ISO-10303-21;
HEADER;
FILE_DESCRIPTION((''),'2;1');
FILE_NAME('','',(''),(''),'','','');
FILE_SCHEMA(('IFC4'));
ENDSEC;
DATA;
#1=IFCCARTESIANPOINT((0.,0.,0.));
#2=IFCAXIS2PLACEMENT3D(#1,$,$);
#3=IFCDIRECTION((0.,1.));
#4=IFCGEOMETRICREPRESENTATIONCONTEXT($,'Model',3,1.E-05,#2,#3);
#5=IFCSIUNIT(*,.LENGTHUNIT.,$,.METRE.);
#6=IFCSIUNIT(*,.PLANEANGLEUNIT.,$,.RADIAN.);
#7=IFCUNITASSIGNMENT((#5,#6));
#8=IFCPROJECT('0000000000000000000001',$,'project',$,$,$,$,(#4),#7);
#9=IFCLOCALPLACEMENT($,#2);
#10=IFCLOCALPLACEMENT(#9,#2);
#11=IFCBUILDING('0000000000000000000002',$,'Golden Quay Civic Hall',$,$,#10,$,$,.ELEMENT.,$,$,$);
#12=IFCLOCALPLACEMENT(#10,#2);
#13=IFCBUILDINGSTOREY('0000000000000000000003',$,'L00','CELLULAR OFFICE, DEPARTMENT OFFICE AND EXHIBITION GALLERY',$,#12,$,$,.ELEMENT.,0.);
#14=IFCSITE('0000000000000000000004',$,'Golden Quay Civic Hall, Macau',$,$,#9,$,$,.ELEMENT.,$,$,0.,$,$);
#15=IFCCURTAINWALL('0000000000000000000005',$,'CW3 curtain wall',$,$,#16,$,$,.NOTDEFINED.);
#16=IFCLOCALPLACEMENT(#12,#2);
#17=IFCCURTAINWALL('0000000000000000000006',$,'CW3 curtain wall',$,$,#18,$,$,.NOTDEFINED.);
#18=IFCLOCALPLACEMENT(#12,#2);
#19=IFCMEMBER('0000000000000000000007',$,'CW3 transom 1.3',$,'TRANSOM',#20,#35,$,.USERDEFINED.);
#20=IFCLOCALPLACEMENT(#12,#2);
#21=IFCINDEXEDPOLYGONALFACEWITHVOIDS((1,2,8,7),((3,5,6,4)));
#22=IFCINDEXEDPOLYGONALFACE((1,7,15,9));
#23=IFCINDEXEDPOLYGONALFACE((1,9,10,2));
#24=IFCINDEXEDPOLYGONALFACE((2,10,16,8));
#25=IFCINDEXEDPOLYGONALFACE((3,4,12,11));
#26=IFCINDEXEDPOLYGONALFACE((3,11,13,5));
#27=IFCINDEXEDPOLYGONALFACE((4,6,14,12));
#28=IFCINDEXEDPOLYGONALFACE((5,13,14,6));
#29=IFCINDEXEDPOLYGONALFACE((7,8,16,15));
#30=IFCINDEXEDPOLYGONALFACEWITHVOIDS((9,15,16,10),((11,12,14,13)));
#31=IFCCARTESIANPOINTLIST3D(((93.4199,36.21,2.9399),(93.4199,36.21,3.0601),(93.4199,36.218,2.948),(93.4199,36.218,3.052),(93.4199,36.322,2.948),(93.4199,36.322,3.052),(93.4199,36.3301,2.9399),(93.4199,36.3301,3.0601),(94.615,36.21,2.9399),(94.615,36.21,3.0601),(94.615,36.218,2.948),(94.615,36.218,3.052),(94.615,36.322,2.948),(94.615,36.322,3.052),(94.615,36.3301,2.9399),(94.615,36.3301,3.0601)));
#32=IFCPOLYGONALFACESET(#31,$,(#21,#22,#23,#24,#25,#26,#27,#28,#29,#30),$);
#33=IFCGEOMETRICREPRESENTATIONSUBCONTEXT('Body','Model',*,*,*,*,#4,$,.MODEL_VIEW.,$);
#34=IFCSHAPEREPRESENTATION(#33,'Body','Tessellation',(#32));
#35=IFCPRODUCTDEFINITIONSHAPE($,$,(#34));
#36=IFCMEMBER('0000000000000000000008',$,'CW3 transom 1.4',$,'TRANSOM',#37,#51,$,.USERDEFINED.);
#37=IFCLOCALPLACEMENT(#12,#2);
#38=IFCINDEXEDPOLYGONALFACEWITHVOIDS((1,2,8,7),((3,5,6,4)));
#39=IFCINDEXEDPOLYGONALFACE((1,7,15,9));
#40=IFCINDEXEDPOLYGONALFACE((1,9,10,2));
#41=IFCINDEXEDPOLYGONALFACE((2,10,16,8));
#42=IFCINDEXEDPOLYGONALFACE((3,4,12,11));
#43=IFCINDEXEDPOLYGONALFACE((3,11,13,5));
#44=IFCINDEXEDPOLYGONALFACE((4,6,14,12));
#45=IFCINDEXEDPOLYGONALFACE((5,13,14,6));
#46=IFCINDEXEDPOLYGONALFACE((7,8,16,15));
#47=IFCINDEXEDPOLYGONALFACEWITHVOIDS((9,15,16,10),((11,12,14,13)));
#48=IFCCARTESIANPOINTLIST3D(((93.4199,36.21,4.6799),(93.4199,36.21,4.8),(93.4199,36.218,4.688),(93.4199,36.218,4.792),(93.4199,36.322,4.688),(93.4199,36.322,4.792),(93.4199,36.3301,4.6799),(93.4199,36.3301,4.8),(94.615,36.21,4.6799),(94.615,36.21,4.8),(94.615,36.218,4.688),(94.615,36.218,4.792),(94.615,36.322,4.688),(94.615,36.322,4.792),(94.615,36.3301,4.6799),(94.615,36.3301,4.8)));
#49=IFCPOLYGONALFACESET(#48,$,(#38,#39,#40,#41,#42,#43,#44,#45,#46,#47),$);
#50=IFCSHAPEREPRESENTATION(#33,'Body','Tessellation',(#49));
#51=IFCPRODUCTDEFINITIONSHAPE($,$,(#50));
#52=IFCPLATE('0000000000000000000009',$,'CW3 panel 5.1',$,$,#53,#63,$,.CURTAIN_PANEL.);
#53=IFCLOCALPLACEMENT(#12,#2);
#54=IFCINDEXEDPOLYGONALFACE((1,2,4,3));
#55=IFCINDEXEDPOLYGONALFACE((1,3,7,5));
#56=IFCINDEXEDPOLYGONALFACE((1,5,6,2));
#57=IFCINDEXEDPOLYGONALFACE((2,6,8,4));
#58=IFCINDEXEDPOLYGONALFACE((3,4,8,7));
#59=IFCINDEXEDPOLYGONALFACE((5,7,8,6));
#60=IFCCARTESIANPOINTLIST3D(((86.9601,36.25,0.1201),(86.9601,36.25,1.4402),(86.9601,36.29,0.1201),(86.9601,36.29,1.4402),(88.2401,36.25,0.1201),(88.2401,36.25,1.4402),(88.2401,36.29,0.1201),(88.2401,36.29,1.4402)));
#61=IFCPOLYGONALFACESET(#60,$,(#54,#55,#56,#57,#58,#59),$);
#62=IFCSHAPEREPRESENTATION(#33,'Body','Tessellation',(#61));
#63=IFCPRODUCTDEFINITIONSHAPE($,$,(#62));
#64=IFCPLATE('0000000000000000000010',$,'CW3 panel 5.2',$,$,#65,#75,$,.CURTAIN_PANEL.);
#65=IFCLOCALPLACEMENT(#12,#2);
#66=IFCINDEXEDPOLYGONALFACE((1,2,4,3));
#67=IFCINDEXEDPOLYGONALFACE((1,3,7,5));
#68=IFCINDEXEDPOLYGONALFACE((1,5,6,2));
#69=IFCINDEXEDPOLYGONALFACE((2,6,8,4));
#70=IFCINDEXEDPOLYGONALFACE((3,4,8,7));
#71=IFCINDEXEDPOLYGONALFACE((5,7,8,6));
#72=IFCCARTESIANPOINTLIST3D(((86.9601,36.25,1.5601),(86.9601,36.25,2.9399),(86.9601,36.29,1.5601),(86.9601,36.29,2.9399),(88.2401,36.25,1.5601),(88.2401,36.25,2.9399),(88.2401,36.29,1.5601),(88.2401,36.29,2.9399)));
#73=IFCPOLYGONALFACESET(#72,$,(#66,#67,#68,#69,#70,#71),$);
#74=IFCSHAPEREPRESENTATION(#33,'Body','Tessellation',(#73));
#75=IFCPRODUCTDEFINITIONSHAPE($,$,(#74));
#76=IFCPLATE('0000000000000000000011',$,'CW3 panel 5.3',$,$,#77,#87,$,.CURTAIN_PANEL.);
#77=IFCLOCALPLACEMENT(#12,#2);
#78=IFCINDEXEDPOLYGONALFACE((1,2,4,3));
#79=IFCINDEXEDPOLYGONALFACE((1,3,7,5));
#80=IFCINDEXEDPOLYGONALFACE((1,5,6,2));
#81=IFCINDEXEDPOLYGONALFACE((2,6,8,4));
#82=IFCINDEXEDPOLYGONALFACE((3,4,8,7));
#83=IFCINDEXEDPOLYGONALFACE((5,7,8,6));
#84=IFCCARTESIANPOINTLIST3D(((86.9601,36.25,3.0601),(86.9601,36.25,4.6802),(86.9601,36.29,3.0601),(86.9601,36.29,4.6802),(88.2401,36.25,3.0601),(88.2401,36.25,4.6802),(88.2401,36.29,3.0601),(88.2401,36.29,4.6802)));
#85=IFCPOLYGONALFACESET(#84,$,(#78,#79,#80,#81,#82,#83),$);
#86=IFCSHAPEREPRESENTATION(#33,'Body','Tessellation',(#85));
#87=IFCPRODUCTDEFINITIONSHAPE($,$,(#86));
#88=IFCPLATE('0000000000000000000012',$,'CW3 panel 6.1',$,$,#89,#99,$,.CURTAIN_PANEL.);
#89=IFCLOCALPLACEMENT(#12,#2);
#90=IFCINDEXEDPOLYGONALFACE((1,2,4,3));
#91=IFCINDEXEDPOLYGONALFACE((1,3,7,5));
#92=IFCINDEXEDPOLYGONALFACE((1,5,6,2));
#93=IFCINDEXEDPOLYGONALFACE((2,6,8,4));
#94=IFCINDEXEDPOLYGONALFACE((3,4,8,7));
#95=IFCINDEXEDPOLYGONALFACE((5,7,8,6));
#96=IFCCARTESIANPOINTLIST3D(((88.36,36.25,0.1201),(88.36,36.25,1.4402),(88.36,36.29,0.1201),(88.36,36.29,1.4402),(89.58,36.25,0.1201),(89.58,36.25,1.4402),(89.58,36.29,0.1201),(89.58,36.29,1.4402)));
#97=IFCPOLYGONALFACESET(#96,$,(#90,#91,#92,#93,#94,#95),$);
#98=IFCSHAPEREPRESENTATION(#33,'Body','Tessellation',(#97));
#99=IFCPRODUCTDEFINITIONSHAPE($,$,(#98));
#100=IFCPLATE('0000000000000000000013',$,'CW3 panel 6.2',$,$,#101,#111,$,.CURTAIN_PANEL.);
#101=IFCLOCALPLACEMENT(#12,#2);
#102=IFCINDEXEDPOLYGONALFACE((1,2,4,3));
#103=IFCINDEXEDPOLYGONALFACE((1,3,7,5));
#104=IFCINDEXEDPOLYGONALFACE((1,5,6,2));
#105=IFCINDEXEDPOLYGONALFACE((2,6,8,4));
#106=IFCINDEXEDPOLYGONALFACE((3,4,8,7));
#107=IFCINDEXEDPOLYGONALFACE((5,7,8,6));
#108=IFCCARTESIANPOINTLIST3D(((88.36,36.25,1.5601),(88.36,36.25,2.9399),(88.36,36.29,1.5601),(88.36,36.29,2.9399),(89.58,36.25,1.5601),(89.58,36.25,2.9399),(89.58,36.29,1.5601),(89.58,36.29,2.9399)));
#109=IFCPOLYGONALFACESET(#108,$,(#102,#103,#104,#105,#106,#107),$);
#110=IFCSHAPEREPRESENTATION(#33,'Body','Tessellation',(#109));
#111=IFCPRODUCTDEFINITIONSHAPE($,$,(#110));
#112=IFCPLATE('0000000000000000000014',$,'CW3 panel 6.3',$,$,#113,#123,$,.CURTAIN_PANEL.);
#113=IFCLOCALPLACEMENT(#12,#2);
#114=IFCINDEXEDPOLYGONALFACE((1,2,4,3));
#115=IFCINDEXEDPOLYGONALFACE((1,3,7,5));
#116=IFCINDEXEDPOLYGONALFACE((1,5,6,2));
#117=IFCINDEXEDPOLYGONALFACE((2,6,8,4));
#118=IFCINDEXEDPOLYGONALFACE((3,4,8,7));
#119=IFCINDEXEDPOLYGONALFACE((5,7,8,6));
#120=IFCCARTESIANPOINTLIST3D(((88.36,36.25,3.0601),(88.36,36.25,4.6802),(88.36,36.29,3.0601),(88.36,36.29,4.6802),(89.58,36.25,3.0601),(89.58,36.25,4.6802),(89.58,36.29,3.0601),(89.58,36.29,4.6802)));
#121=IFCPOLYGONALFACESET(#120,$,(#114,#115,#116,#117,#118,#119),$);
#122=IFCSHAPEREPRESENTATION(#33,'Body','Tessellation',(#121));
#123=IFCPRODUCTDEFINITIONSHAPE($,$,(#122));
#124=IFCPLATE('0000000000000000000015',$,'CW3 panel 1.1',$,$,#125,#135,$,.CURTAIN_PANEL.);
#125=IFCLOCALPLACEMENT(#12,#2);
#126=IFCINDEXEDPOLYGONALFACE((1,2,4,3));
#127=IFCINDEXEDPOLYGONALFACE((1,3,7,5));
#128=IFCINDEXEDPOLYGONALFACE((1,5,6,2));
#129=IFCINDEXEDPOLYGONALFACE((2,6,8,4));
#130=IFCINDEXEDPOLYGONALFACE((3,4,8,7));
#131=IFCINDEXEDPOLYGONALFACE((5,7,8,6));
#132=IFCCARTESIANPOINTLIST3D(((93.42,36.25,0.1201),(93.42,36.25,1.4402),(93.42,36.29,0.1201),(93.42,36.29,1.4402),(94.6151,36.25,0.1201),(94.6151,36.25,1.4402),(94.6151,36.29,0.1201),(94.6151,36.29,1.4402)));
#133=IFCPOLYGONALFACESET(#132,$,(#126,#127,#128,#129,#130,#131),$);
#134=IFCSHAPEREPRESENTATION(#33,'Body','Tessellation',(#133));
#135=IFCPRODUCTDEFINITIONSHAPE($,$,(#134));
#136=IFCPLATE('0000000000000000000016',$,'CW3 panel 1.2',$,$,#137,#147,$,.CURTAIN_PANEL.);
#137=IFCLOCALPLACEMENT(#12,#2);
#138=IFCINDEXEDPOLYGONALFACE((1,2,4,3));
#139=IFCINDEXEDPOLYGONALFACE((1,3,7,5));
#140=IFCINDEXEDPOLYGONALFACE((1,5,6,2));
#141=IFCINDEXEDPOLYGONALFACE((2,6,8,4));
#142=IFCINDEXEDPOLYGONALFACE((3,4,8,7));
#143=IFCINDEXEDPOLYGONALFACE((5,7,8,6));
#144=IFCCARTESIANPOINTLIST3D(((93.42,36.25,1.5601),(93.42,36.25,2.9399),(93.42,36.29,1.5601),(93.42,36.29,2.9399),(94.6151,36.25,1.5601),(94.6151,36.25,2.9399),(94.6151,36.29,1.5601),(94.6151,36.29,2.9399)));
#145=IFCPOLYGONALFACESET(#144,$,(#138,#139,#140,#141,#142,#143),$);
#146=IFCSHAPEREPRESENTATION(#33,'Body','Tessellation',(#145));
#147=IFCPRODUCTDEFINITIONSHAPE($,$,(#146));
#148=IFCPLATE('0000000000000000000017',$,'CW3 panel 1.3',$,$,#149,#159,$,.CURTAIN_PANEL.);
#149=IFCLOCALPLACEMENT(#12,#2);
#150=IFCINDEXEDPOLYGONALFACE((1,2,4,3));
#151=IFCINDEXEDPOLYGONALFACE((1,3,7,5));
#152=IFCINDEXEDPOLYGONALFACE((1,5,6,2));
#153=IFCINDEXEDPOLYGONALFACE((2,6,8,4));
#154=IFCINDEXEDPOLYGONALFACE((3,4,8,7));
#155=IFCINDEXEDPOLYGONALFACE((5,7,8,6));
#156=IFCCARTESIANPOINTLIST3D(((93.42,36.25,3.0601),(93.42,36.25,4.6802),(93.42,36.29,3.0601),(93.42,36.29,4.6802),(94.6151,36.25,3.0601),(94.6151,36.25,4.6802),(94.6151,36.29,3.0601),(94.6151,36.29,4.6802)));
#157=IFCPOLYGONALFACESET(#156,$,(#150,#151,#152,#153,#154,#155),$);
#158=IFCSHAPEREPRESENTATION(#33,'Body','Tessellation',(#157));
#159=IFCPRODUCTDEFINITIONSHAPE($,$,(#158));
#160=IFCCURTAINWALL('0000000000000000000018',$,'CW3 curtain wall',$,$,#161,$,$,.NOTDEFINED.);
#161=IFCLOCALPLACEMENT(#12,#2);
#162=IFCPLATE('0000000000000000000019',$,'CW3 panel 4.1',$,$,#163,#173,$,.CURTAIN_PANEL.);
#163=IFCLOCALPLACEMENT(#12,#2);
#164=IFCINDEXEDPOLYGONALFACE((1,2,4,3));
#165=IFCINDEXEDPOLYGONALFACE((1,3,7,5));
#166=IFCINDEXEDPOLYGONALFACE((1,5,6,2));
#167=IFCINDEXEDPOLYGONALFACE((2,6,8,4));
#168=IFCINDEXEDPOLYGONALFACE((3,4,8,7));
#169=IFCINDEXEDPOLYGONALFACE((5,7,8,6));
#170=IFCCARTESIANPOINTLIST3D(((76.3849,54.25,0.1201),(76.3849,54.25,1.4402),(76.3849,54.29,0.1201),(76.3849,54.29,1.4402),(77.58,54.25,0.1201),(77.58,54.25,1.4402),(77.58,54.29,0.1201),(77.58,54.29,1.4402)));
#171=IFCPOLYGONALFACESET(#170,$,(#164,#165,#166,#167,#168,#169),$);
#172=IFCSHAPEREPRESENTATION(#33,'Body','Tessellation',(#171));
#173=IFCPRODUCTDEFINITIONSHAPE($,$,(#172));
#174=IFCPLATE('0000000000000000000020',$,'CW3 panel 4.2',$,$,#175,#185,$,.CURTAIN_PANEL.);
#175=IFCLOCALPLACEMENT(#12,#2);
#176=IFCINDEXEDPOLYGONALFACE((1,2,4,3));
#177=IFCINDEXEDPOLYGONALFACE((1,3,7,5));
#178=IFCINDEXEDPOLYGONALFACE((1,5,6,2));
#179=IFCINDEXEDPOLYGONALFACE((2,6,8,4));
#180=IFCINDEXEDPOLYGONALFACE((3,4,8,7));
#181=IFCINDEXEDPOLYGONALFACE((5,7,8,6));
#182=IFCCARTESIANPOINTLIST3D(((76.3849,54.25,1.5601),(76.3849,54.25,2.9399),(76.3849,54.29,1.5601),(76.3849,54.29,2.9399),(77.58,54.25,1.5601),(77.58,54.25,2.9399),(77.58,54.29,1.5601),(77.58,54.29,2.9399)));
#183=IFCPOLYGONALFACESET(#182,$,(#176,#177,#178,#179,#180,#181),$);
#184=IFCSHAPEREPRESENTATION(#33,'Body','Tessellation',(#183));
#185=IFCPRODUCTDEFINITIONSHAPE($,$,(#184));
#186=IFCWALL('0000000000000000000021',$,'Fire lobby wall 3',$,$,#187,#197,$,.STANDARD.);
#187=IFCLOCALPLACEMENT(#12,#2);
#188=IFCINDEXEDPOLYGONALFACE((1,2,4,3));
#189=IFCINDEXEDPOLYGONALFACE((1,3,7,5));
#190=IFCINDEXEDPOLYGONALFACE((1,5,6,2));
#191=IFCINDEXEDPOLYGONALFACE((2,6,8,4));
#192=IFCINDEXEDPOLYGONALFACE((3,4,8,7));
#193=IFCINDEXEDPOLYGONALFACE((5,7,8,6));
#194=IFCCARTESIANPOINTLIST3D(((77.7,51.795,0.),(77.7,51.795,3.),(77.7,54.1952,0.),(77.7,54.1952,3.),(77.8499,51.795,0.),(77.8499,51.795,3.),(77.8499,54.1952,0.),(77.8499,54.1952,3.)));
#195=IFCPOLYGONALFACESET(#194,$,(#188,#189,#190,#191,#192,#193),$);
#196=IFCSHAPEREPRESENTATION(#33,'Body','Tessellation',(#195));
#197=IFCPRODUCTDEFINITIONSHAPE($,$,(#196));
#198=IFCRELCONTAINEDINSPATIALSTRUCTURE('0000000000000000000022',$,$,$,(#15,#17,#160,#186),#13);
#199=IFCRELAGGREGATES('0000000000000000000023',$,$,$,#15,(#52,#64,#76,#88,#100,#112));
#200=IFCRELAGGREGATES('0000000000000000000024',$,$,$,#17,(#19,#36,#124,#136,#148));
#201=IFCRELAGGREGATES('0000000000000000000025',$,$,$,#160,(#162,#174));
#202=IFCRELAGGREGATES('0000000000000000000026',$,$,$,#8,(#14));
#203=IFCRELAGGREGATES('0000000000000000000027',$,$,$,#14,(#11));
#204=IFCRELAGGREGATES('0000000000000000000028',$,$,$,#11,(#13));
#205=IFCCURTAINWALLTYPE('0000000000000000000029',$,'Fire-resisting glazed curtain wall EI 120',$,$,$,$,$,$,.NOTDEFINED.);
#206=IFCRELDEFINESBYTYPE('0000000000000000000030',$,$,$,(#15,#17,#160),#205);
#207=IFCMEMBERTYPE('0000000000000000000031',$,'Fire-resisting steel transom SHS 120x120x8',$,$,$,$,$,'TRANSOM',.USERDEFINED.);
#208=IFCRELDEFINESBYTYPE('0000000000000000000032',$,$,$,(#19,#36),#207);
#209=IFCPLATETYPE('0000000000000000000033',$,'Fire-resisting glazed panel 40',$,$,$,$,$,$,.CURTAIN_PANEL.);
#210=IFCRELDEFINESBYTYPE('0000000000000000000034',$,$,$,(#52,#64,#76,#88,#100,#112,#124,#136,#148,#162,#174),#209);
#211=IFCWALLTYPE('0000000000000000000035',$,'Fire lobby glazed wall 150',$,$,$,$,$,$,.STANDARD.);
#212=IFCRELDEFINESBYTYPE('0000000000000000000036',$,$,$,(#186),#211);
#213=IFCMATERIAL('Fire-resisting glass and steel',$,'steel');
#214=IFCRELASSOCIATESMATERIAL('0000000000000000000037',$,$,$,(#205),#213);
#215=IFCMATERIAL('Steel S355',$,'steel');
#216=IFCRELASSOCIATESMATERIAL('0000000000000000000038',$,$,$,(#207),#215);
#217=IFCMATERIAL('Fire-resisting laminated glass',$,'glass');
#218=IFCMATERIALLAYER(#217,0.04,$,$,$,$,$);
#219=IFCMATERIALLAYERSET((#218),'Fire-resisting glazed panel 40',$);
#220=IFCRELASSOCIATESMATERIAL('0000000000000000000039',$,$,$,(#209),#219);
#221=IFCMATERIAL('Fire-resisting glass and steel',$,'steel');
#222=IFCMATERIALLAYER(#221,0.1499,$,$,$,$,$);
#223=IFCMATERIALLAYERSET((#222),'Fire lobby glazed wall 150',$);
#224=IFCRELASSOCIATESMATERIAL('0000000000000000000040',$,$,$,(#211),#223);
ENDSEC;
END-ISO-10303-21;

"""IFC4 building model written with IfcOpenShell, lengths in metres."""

from ifc_helpers import new_model, si_unit, direction, frame, frame_2d, origin, origin_2d, place, context, subcontext, project, spatial, rectangle, hollow_rectangle, extrude, material, layer, layer_set, material_profile, profile_set, type_object, element, aggregate, save


model = new_model("IFC4")

# Units and contexts
model_context = context("Model", 3, precision=1e-05, world=origin(), true_north=direction((0.0, 1.0)))
body_context = subcontext(model_context, "Body", "Model", "MODEL_VIEW")
ifc_project = project(units=[si_unit("LENGTHUNIT", "METRE"), si_unit("PLANEANGLEUNIT", "RADIAN")], contexts=[model_context])

# Site, building, storey
site_placement = place(None, origin())
site = spatial("IfcSite", under=ifc_project, at=site_placement, Name="Golden Quay Civic Hall, Macau", CompositionType="ELEMENT", RefElevation=0.0)
building_placement = place(site_placement, origin())
building = spatial("IfcBuilding", under=site, at=building_placement, Name="Golden Quay Civic Hall", CompositionType="ELEMENT")
storey_placement = place(building_placement, origin())
storey = spatial("IfcBuildingStorey", under=building, at=storey_placement, Name="L00", Description="CELLULAR OFFICE, DEPARTMENT OFFICE AND EXHIBITION GALLERY", CompositionType="ELEMENT", Elevation=0.0)

# Curtain walls
ifc_material_1 = material(Name="Fire-resisting glass and steel", Category="steel")
curtain_wall_type = type_object("IfcCurtainWallType", Name="Fire-resisting glazed curtain wall EI 120", PredefinedType="NOTDEFINED", material=ifc_material_1)
curtain_wall_1_placement = place(storey_placement, origin())
curtain_wall_1 = element("IfcCurtainWall", 1, at=curtain_wall_1_placement, inside=storey, type_object=curtain_wall_type, Name="CW3 curtain wall", PredefinedType="NOTDEFINED")
curtain_wall_2_placement = place(storey_placement, origin())
curtain_wall_2 = element("IfcCurtainWall", 2, at=curtain_wall_2_placement, inside=storey, type_object=curtain_wall_type, Name="CW3 curtain wall", PredefinedType="NOTDEFINED")

# Members
ifc_material_2 = material(Name="Steel S355", Category="steel")
ifc_material_profile_1 = material_profile(ifc_material_2, hollow_rectangle(XDim=0.1201, YDim=0.1201, WallThickness=0.0081, at=origin_2d()), Name="SHS 120x120x8")
ifc_profile_set_1 = profile_set([ifc_material_profile_1], Name="Steel S355")
member_type_1 = type_object("IfcMemberType", Name="Fire-resisting steel transom SHS 120x120x8", ElementType="TRANSOM", PredefinedType="USERDEFINED", material=ifc_profile_set_1)
member_1_placement = place(storey_placement, frame((93.4199, 36.27, 3.0), z_axis=(1.0, 0.0, 0.0), x_axis=(0.0, 1.0, 0.0)))
member_1 = element("IfcMember", 3, at=member_1_placement, type_object=member_type_1, Name="CW3 transom 1.3", ObjectType="TRANSOM", PredefinedType="USERDEFINED", context=body_context, shape_type="SweptSolid", body=[
    extrude(hollow_rectangle(XDim=0.1201, YDim=0.1201, WallThickness=0.0081, at=origin_2d()), origin(), (0.0, 0.0, 1.0), 1.1951),
])
member_2_placement = place(storey_placement, frame((93.4199, 36.27, 4.74), z_axis=(1.0, 0.0, 0.0), x_axis=(0.0, 1.0, 0.0)))
member_2 = element("IfcMember", 4, at=member_2_placement, type_object=member_type_1, Name="CW3 transom 1.4", ObjectType="TRANSOM", PredefinedType="USERDEFINED", context=body_context, shape_type="SweptSolid", body=[
    extrude(hollow_rectangle(XDim=0.1201, YDim=0.1201, WallThickness=0.0081, at=origin_2d()), origin(), (0.0, 0.0, 1.0), 1.1951),
])

# Plates
ifc_material_3 = material(Name="Fire-resisting laminated glass", Category="glass")
ifc_layer_1 = layer(ifc_material_3, 0.04)
ifc_layer_set_1 = layer_set([ifc_layer_1], Name="Fire-resisting glazed panel 40")
plate_type = type_object("IfcPlateType", Name="Fire-resisting glazed panel 40", PredefinedType="CURTAIN_PANEL", material=ifc_layer_set_1)
plate_1_placement = place(storey_placement, frame((87.6001, 36.27, 0.1201), z_axis=(0.0, 0.0, 1.0), x_axis=(1.0, 0.0, 0.0)))
plate_1 = element("IfcPlate", 5, at=plate_1_placement, type_object=plate_type, Name="CW3 panel 5.1", PredefinedType="CURTAIN_PANEL", context=body_context, shape_type="SweptSolid", body=[
    extrude(rectangle(XDim=1.28, YDim=0.04, at=origin_2d()), origin(), (0.0, 0.0, 1.0), 1.3201),
])
plate_2_placement = place(storey_placement, frame((87.6001, 36.27, 1.5601), z_axis=(0.0, 0.0, 1.0), x_axis=(1.0, 0.0, 0.0)))
plate_2 = element("IfcPlate", 6, at=plate_2_placement, type_object=plate_type, Name="CW3 panel 5.2", PredefinedType="CURTAIN_PANEL", context=body_context, shape_type="SweptSolid", body=[
    extrude(rectangle(XDim=1.28, YDim=0.04, at=origin_2d()), origin(), (0.0, 0.0, 1.0), 1.3799),
])
plate_3_placement = place(storey_placement, frame((87.6001, 36.27, 3.0601), z_axis=(0.0, 0.0, 1.0), x_axis=(1.0, 0.0, 0.0)))
plate_3 = element("IfcPlate", 7, at=plate_3_placement, type_object=plate_type, Name="CW3 panel 5.3", PredefinedType="CURTAIN_PANEL", context=body_context, shape_type="SweptSolid", body=[
    extrude(rectangle(XDim=1.28, YDim=0.04, at=origin_2d()), origin(), (0.0, 0.0, 1.0), 1.6201),
])
plate_4_placement = place(storey_placement, frame((88.97, 36.27, 0.1201), z_axis=(0.0, 0.0, 1.0), x_axis=(1.0, 0.0, 0.0)))
plate_4 = element("IfcPlate", 8, at=plate_4_placement, type_object=plate_type, Name="CW3 panel 6.1", PredefinedType="CURTAIN_PANEL", context=body_context, shape_type="SweptSolid", body=[
    extrude(rectangle(XDim=1.22, YDim=0.04, at=origin_2d()), origin(), (0.0, 0.0, 1.0), 1.3201),
])
plate_5_placement = place(storey_placement, frame((88.97, 36.27, 1.5601), z_axis=(0.0, 0.0, 1.0), x_axis=(1.0, 0.0, 0.0)))
plate_5 = element("IfcPlate", 9, at=plate_5_placement, type_object=plate_type, Name="CW3 panel 6.2", PredefinedType="CURTAIN_PANEL", context=body_context, shape_type="SweptSolid", body=[
    extrude(rectangle(XDim=1.22, YDim=0.04, at=origin_2d()), origin(), (0.0, 0.0, 1.0), 1.3799),
])
plate_6_placement = place(storey_placement, frame((88.97, 36.27, 3.0601), z_axis=(0.0, 0.0, 1.0), x_axis=(1.0, 0.0, 0.0)))
plate_6 = element("IfcPlate", 10, at=plate_6_placement, type_object=plate_type, Name="CW3 panel 6.3", PredefinedType="CURTAIN_PANEL", context=body_context, shape_type="SweptSolid", body=[
    extrude(rectangle(XDim=1.22, YDim=0.04, at=origin_2d()), origin(), (0.0, 0.0, 1.0), 1.6201),
])
aggregate(curtain_wall_1, [plate_1, plate_2, plate_3, plate_4, plate_5, plate_6])
plate_7_placement = place(storey_placement, frame((94.0176, 36.27, 0.1201), z_axis=(0.0, 0.0, 1.0), x_axis=(1.0, 0.0, 0.0)))
plate_7 = element("IfcPlate", 11, at=plate_7_placement, type_object=plate_type, Name="CW3 panel 1.1", PredefinedType="CURTAIN_PANEL", context=body_context, shape_type="SweptSolid", body=[
    extrude(rectangle(XDim=1.1951, YDim=0.04, at=origin_2d()), origin(), (0.0, 0.0, 1.0), 1.3201),
])
plate_8_placement = place(storey_placement, frame((94.0176, 36.27, 1.5601), z_axis=(0.0, 0.0, 1.0), x_axis=(1.0, 0.0, 0.0)))
plate_8 = element("IfcPlate", 12, at=plate_8_placement, type_object=plate_type, Name="CW3 panel 1.2", PredefinedType="CURTAIN_PANEL", context=body_context, shape_type="SweptSolid", body=[
    extrude(rectangle(XDim=1.1951, YDim=0.04, at=origin_2d()), origin(), (0.0, 0.0, 1.0), 1.3799),
])
plate_9_placement = place(storey_placement, frame((94.0176, 36.27, 3.0601), z_axis=(0.0, 0.0, 1.0), x_axis=(1.0, 0.0, 0.0)))
plate_9 = element("IfcPlate", 13, at=plate_9_placement, type_object=plate_type, Name="CW3 panel 1.3", PredefinedType="CURTAIN_PANEL", context=body_context, shape_type="SweptSolid", body=[
    extrude(rectangle(XDim=1.1951, YDim=0.04, at=origin_2d()), origin(), (0.0, 0.0, 1.0), 1.6201),
])
aggregate(curtain_wall_2, [member_1, member_2, plate_7, plate_8, plate_9])

# Curtain wall, plates
curtain_wall_3_placement = place(storey_placement, origin())
curtain_wall_3 = element("IfcCurtainWall", 14, at=curtain_wall_3_placement, inside=storey, type_object=curtain_wall_type, Name="CW3 curtain wall", PredefinedType="NOTDEFINED")
plate_10_placement = place(storey_placement, frame((76.9824, 54.27, 0.1201), z_axis=(0.0, 0.0, 1.0), x_axis=(1.0, 0.0, 0.0)))
plate_10 = element("IfcPlate", 15, at=plate_10_placement, type_object=plate_type, Name="CW3 panel 4.1", PredefinedType="CURTAIN_PANEL", context=body_context, shape_type="SweptSolid", body=[
    extrude(rectangle(XDim=1.1951, YDim=0.04, at=origin_2d()), origin(), (0.0, 0.0, 1.0), 1.3201),
])
plate_11_placement = place(storey_placement, frame((76.9824, 54.27, 1.5601), z_axis=(0.0, 0.0, 1.0), x_axis=(1.0, 0.0, 0.0)))
plate_11 = element("IfcPlate", 16, at=plate_11_placement, type_object=plate_type, Name="CW3 panel 4.2", PredefinedType="CURTAIN_PANEL", context=body_context, shape_type="SweptSolid", body=[
    extrude(rectangle(XDim=1.1951, YDim=0.04, at=origin_2d()), origin(), (0.0, 0.0, 1.0), 1.3799),
])
aggregate(curtain_wall_3, [plate_10, plate_11])

# Wall
ifc_material_4 = material(Name="Fire-resisting glass and steel", Category="steel")
ifc_layer_2 = layer(ifc_material_4, 0.1499)
ifc_layer_set_2 = layer_set([ifc_layer_2], Name="Fire lobby glazed wall 150")
wall_type_1 = type_object("IfcWallType", Name="Fire lobby glazed wall 150", PredefinedType="STANDARD", material=ifc_layer_set_2)
for number, where, z_axis, x_axis, name in (
    (17, (77.7749, 51.7949, 0.0), (0.0, 0.0, 1.0), (0.0, 1.0, 0.0), "Fire lobby wall 3"),
):
    element("IfcWall", number, at=place(storey_placement, frame(where, z_axis=z_axis, x_axis=x_axis)), inside=storey, type_object=wall_type_1, Name=name, PredefinedType="STANDARD", context=body_context, shape_type="SweptSolid", body=[
        extrude(rectangle(XDim=2.4001, YDim=0.1499, at=frame_2d((1.2002, 0.0))), origin(), (0.0, 0.0, 1.0), 3.0),
    ])

save(model, "model.ifc")
